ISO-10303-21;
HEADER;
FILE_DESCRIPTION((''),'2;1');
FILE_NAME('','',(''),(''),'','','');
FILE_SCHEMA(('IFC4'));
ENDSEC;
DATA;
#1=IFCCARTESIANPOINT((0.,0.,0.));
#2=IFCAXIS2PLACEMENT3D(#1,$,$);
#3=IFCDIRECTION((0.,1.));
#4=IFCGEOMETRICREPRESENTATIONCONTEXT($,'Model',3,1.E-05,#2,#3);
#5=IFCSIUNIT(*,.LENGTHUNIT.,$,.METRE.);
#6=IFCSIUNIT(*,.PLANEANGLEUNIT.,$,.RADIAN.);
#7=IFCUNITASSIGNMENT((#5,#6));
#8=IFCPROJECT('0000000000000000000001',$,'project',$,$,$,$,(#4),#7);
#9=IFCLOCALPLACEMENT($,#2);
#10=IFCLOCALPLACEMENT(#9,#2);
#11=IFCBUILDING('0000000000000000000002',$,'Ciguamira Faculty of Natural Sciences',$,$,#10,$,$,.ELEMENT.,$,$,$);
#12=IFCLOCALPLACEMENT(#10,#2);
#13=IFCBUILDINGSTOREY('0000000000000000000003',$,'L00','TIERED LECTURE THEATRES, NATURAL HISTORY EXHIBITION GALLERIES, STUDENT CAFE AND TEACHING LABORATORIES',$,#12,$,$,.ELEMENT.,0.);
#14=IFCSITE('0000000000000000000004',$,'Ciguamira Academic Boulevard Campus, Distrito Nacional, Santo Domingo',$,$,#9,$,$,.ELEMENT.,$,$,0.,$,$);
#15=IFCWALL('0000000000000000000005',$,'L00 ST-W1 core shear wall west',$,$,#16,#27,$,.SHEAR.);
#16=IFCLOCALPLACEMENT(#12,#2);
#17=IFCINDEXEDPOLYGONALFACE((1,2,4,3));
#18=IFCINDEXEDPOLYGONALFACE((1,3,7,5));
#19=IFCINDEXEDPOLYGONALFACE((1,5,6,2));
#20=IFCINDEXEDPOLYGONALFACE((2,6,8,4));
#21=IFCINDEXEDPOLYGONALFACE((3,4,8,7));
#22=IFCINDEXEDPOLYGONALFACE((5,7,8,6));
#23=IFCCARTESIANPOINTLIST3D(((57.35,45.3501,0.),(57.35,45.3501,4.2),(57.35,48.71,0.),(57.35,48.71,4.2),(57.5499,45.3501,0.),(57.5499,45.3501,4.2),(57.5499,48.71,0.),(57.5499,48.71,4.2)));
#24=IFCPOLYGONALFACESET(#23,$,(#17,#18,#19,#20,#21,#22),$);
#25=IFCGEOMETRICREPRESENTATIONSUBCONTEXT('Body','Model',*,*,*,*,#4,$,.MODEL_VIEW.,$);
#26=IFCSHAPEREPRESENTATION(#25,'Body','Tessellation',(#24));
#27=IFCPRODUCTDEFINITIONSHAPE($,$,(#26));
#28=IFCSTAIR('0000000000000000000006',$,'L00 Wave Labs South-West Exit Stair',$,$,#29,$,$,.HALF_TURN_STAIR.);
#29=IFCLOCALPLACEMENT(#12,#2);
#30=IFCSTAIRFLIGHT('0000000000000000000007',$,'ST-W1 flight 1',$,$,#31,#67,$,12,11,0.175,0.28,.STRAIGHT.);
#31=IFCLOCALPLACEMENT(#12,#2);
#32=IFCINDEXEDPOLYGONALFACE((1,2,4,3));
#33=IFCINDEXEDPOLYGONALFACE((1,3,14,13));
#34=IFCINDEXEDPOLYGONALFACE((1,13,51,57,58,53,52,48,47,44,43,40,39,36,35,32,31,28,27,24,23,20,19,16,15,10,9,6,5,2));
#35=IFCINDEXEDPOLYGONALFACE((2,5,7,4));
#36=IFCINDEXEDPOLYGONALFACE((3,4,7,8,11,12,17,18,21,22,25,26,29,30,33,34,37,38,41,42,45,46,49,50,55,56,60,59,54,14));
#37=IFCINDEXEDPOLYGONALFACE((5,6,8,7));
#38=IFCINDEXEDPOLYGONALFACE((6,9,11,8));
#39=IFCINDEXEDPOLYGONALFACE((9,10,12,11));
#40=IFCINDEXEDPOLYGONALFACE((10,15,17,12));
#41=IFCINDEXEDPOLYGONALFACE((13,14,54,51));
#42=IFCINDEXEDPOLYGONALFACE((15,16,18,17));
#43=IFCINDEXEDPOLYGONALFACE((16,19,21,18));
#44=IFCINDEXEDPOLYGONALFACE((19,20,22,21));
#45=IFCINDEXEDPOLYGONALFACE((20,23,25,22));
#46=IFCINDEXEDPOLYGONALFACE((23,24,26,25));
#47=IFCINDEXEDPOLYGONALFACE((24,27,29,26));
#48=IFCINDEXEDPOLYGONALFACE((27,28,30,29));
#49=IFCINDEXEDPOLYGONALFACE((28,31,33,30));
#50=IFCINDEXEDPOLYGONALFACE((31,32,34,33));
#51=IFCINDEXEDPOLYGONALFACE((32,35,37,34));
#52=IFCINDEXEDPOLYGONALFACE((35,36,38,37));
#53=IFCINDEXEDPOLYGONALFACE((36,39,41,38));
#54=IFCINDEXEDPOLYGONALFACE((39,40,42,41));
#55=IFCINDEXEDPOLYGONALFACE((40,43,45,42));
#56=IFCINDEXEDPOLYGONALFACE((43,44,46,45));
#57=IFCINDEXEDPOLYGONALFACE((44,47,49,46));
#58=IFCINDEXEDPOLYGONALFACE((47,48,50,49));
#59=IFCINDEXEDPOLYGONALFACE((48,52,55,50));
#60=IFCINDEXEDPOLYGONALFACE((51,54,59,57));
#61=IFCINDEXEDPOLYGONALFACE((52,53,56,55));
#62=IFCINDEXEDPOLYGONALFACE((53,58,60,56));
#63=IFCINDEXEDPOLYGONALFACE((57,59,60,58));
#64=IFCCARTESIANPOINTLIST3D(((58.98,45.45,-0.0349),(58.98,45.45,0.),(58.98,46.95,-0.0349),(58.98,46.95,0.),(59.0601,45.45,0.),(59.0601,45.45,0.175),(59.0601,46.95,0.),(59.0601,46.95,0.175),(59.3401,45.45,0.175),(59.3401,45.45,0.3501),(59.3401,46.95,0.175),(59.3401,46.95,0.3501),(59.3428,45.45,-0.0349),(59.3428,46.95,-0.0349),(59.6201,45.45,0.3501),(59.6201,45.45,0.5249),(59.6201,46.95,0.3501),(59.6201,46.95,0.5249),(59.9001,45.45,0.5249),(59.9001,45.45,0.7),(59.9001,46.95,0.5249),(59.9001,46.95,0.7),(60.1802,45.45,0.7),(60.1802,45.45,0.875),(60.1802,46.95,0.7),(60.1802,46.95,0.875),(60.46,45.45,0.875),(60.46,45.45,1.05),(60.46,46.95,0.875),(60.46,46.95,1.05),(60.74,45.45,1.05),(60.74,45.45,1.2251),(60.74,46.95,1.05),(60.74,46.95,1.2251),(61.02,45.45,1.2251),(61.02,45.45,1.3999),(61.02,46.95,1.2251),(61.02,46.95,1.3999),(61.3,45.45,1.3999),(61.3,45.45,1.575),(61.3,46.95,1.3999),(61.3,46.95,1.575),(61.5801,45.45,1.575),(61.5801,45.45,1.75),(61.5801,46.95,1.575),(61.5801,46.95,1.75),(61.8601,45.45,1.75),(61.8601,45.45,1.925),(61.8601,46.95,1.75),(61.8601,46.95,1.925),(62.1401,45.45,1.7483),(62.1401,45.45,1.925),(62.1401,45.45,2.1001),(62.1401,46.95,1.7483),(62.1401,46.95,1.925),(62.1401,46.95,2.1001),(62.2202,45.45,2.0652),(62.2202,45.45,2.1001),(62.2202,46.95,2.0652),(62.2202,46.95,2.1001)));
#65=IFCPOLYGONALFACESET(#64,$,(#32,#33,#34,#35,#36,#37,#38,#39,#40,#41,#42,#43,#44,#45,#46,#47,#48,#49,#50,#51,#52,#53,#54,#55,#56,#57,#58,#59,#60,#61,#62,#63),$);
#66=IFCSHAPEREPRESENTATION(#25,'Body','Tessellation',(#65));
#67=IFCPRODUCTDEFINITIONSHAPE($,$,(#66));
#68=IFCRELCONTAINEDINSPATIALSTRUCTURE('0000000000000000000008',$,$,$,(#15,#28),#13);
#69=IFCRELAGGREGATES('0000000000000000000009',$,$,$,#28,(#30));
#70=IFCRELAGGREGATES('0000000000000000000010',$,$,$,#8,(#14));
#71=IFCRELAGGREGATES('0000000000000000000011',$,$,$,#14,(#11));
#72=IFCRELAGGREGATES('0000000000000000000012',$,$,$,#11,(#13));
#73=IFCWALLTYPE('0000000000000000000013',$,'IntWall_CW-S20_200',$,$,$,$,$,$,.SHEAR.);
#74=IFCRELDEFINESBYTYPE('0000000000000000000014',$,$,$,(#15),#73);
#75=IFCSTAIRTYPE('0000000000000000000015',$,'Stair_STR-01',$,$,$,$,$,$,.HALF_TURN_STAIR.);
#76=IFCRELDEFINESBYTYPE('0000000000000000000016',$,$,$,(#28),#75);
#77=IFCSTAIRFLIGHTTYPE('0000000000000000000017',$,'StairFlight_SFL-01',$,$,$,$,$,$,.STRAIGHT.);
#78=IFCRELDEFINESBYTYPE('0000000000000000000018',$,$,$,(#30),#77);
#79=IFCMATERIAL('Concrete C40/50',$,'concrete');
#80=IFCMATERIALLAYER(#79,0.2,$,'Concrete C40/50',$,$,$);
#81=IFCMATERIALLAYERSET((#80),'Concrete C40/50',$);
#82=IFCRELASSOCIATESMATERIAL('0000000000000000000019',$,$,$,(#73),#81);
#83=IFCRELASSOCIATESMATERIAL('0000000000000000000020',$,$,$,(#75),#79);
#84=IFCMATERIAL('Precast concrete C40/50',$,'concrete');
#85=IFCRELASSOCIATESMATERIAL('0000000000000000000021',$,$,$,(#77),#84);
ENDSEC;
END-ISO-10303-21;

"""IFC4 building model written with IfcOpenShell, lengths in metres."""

from ifc_helpers import new_model, si_unit, direction, frame, frame_2d, origin, place, context, subcontext, project, spatial, polyline, rectangle, outline, extrude, material, layer, layer_set, type_object, element, aggregate, save


model = new_model("IFC4")

# Units and contexts
model_context = context("Model", 3, precision=1e-05, world=origin(), true_north=direction((0.0, 1.0)))
body_context = subcontext(model_context, "Body", "Model", "MODEL_VIEW")
ifc_project = project(units=[si_unit("LENGTHUNIT", "METRE"), si_unit("PLANEANGLEUNIT", "RADIAN")], contexts=[model_context])

# Site, building, storey
site_placement = place(None, origin())
site = spatial("IfcSite", under=ifc_project, at=site_placement, Name="Ciguamira Academic Boulevard Campus, Distrito Nacional, Santo Domingo", CompositionType="ELEMENT", RefElevation=0.0)
building_placement = place(site_placement, origin())
building = spatial("IfcBuilding", under=site, at=building_placement, Name="Ciguamira Faculty of Natural Sciences", CompositionType="ELEMENT")
storey_placement = place(building_placement, origin())
storey = spatial("IfcBuildingStorey", under=building, at=storey_placement, Name="L00", Description="TIERED LECTURE THEATRES, NATURAL HISTORY EXHIBITION GALLERIES, STUDENT CAFE AND TEACHING LABORATORIES", CompositionType="ELEMENT", Elevation=0.0)

# Shared definitions
ifc_material_1 = material(Name="Concrete C40/50", Category="concrete")

# Wall
ifc_layer_1 = layer(ifc_material_1, 0.2, Name="Concrete C40/50")
ifc_layer_set_1 = layer_set([ifc_layer_1], Name="Concrete C40/50")
wall_type = type_object("IfcWallType", Name="IntWall_CW-S20_200", PredefinedType="SHEAR", material=ifc_layer_set_1)
wall_1_placement = place(storey_placement, frame((57.45, 45.3501, 0.0), z_axis=(0.0, 0.0, 1.0), x_axis=(0.0, 1.0, 0.0)))
element("IfcWall", 1, at=wall_1_placement, inside=storey, type_object=wall_type, Name="L00 ST-W1 core shear wall west", PredefinedType="SHEAR", context=body_context, shape_type="SweptSolid", body=[
    extrude(rectangle(XDim=3.3599, YDim=0.2, at=frame_2d((1.6799, 0.0))), origin(), (0.0, 0.0, 1.0), 4.2),
])

# Stair, stair flight
stair_type = type_object("IfcStairType", Name="Stair_STR-01", PredefinedType="HALF_TURN_STAIR", material=ifc_material_1)
stair_placement = place(storey_placement, origin())
stair = element("IfcStair", 2, at=stair_placement, inside=storey, type_object=stair_type, Name="L00 Wave Labs South-West Exit Stair", PredefinedType="HALF_TURN_STAIR")
ifc_material_2 = material(Name="Precast concrete C40/50", Category="concrete")
stair_flight_type = type_object("IfcStairFlightType", Name="StairFlight_SFL-01", PredefinedType="STRAIGHT", material=ifc_material_2)
stair_flight_placement = place(storey_placement, frame((59.0601, 46.2, 0.0), z_axis=(0.0, 0.0, 1.0), x_axis=(1.0, 0.0, 0.0)))
stair_flight = element("IfcStairFlight", 3, at=stair_flight_placement, type_object=stair_flight_type, Name="ST-W1 flight 1", NumberOfRisers=12, NumberOfTreads=11, PredefinedType="STRAIGHT", RiserHeight=0.175, TreadLength=0.28, context=body_context, shape_type="SweptSolid", body=[
    extrude(outline(polyline([(-0.0801, -0.0349), (-0.0801, 0.0), (0.0, 0.0), (0.0, 0.175), (0.28, 0.175), (0.28, 0.3501), (0.5601, 0.3501), (0.5601, 0.5249), (0.8401, 0.5249), (0.8401, 0.7), (1.1201, 0.7), (1.1201, 0.875), (1.3999, 0.875), (1.3999, 1.05), (1.6799, 1.05), (1.6799, 1.2251), (1.96, 1.2251), (1.96, 1.3999), (2.24, 1.3999), (2.24, 1.575), (2.52, 1.575), (2.52, 1.75), (2.8, 1.75), (2.8, 1.925), (3.0801, 1.925), (3.0801, 2.1001), (3.1602, 2.1001), (3.1602, 2.0652), (3.0801, 1.7483), (0.2827, -0.0349), (-0.0801, -0.0349)])), frame((0.0, 0.75, 0.0), z_axis=(0.0, -1.0, 0.0), x_axis=(1.0, 0.0, 0.0)), (0.0, 0.0, 1.0), 1.5),
])
aggregate(stair, [stair_flight])

save(model, "model.ifc")
